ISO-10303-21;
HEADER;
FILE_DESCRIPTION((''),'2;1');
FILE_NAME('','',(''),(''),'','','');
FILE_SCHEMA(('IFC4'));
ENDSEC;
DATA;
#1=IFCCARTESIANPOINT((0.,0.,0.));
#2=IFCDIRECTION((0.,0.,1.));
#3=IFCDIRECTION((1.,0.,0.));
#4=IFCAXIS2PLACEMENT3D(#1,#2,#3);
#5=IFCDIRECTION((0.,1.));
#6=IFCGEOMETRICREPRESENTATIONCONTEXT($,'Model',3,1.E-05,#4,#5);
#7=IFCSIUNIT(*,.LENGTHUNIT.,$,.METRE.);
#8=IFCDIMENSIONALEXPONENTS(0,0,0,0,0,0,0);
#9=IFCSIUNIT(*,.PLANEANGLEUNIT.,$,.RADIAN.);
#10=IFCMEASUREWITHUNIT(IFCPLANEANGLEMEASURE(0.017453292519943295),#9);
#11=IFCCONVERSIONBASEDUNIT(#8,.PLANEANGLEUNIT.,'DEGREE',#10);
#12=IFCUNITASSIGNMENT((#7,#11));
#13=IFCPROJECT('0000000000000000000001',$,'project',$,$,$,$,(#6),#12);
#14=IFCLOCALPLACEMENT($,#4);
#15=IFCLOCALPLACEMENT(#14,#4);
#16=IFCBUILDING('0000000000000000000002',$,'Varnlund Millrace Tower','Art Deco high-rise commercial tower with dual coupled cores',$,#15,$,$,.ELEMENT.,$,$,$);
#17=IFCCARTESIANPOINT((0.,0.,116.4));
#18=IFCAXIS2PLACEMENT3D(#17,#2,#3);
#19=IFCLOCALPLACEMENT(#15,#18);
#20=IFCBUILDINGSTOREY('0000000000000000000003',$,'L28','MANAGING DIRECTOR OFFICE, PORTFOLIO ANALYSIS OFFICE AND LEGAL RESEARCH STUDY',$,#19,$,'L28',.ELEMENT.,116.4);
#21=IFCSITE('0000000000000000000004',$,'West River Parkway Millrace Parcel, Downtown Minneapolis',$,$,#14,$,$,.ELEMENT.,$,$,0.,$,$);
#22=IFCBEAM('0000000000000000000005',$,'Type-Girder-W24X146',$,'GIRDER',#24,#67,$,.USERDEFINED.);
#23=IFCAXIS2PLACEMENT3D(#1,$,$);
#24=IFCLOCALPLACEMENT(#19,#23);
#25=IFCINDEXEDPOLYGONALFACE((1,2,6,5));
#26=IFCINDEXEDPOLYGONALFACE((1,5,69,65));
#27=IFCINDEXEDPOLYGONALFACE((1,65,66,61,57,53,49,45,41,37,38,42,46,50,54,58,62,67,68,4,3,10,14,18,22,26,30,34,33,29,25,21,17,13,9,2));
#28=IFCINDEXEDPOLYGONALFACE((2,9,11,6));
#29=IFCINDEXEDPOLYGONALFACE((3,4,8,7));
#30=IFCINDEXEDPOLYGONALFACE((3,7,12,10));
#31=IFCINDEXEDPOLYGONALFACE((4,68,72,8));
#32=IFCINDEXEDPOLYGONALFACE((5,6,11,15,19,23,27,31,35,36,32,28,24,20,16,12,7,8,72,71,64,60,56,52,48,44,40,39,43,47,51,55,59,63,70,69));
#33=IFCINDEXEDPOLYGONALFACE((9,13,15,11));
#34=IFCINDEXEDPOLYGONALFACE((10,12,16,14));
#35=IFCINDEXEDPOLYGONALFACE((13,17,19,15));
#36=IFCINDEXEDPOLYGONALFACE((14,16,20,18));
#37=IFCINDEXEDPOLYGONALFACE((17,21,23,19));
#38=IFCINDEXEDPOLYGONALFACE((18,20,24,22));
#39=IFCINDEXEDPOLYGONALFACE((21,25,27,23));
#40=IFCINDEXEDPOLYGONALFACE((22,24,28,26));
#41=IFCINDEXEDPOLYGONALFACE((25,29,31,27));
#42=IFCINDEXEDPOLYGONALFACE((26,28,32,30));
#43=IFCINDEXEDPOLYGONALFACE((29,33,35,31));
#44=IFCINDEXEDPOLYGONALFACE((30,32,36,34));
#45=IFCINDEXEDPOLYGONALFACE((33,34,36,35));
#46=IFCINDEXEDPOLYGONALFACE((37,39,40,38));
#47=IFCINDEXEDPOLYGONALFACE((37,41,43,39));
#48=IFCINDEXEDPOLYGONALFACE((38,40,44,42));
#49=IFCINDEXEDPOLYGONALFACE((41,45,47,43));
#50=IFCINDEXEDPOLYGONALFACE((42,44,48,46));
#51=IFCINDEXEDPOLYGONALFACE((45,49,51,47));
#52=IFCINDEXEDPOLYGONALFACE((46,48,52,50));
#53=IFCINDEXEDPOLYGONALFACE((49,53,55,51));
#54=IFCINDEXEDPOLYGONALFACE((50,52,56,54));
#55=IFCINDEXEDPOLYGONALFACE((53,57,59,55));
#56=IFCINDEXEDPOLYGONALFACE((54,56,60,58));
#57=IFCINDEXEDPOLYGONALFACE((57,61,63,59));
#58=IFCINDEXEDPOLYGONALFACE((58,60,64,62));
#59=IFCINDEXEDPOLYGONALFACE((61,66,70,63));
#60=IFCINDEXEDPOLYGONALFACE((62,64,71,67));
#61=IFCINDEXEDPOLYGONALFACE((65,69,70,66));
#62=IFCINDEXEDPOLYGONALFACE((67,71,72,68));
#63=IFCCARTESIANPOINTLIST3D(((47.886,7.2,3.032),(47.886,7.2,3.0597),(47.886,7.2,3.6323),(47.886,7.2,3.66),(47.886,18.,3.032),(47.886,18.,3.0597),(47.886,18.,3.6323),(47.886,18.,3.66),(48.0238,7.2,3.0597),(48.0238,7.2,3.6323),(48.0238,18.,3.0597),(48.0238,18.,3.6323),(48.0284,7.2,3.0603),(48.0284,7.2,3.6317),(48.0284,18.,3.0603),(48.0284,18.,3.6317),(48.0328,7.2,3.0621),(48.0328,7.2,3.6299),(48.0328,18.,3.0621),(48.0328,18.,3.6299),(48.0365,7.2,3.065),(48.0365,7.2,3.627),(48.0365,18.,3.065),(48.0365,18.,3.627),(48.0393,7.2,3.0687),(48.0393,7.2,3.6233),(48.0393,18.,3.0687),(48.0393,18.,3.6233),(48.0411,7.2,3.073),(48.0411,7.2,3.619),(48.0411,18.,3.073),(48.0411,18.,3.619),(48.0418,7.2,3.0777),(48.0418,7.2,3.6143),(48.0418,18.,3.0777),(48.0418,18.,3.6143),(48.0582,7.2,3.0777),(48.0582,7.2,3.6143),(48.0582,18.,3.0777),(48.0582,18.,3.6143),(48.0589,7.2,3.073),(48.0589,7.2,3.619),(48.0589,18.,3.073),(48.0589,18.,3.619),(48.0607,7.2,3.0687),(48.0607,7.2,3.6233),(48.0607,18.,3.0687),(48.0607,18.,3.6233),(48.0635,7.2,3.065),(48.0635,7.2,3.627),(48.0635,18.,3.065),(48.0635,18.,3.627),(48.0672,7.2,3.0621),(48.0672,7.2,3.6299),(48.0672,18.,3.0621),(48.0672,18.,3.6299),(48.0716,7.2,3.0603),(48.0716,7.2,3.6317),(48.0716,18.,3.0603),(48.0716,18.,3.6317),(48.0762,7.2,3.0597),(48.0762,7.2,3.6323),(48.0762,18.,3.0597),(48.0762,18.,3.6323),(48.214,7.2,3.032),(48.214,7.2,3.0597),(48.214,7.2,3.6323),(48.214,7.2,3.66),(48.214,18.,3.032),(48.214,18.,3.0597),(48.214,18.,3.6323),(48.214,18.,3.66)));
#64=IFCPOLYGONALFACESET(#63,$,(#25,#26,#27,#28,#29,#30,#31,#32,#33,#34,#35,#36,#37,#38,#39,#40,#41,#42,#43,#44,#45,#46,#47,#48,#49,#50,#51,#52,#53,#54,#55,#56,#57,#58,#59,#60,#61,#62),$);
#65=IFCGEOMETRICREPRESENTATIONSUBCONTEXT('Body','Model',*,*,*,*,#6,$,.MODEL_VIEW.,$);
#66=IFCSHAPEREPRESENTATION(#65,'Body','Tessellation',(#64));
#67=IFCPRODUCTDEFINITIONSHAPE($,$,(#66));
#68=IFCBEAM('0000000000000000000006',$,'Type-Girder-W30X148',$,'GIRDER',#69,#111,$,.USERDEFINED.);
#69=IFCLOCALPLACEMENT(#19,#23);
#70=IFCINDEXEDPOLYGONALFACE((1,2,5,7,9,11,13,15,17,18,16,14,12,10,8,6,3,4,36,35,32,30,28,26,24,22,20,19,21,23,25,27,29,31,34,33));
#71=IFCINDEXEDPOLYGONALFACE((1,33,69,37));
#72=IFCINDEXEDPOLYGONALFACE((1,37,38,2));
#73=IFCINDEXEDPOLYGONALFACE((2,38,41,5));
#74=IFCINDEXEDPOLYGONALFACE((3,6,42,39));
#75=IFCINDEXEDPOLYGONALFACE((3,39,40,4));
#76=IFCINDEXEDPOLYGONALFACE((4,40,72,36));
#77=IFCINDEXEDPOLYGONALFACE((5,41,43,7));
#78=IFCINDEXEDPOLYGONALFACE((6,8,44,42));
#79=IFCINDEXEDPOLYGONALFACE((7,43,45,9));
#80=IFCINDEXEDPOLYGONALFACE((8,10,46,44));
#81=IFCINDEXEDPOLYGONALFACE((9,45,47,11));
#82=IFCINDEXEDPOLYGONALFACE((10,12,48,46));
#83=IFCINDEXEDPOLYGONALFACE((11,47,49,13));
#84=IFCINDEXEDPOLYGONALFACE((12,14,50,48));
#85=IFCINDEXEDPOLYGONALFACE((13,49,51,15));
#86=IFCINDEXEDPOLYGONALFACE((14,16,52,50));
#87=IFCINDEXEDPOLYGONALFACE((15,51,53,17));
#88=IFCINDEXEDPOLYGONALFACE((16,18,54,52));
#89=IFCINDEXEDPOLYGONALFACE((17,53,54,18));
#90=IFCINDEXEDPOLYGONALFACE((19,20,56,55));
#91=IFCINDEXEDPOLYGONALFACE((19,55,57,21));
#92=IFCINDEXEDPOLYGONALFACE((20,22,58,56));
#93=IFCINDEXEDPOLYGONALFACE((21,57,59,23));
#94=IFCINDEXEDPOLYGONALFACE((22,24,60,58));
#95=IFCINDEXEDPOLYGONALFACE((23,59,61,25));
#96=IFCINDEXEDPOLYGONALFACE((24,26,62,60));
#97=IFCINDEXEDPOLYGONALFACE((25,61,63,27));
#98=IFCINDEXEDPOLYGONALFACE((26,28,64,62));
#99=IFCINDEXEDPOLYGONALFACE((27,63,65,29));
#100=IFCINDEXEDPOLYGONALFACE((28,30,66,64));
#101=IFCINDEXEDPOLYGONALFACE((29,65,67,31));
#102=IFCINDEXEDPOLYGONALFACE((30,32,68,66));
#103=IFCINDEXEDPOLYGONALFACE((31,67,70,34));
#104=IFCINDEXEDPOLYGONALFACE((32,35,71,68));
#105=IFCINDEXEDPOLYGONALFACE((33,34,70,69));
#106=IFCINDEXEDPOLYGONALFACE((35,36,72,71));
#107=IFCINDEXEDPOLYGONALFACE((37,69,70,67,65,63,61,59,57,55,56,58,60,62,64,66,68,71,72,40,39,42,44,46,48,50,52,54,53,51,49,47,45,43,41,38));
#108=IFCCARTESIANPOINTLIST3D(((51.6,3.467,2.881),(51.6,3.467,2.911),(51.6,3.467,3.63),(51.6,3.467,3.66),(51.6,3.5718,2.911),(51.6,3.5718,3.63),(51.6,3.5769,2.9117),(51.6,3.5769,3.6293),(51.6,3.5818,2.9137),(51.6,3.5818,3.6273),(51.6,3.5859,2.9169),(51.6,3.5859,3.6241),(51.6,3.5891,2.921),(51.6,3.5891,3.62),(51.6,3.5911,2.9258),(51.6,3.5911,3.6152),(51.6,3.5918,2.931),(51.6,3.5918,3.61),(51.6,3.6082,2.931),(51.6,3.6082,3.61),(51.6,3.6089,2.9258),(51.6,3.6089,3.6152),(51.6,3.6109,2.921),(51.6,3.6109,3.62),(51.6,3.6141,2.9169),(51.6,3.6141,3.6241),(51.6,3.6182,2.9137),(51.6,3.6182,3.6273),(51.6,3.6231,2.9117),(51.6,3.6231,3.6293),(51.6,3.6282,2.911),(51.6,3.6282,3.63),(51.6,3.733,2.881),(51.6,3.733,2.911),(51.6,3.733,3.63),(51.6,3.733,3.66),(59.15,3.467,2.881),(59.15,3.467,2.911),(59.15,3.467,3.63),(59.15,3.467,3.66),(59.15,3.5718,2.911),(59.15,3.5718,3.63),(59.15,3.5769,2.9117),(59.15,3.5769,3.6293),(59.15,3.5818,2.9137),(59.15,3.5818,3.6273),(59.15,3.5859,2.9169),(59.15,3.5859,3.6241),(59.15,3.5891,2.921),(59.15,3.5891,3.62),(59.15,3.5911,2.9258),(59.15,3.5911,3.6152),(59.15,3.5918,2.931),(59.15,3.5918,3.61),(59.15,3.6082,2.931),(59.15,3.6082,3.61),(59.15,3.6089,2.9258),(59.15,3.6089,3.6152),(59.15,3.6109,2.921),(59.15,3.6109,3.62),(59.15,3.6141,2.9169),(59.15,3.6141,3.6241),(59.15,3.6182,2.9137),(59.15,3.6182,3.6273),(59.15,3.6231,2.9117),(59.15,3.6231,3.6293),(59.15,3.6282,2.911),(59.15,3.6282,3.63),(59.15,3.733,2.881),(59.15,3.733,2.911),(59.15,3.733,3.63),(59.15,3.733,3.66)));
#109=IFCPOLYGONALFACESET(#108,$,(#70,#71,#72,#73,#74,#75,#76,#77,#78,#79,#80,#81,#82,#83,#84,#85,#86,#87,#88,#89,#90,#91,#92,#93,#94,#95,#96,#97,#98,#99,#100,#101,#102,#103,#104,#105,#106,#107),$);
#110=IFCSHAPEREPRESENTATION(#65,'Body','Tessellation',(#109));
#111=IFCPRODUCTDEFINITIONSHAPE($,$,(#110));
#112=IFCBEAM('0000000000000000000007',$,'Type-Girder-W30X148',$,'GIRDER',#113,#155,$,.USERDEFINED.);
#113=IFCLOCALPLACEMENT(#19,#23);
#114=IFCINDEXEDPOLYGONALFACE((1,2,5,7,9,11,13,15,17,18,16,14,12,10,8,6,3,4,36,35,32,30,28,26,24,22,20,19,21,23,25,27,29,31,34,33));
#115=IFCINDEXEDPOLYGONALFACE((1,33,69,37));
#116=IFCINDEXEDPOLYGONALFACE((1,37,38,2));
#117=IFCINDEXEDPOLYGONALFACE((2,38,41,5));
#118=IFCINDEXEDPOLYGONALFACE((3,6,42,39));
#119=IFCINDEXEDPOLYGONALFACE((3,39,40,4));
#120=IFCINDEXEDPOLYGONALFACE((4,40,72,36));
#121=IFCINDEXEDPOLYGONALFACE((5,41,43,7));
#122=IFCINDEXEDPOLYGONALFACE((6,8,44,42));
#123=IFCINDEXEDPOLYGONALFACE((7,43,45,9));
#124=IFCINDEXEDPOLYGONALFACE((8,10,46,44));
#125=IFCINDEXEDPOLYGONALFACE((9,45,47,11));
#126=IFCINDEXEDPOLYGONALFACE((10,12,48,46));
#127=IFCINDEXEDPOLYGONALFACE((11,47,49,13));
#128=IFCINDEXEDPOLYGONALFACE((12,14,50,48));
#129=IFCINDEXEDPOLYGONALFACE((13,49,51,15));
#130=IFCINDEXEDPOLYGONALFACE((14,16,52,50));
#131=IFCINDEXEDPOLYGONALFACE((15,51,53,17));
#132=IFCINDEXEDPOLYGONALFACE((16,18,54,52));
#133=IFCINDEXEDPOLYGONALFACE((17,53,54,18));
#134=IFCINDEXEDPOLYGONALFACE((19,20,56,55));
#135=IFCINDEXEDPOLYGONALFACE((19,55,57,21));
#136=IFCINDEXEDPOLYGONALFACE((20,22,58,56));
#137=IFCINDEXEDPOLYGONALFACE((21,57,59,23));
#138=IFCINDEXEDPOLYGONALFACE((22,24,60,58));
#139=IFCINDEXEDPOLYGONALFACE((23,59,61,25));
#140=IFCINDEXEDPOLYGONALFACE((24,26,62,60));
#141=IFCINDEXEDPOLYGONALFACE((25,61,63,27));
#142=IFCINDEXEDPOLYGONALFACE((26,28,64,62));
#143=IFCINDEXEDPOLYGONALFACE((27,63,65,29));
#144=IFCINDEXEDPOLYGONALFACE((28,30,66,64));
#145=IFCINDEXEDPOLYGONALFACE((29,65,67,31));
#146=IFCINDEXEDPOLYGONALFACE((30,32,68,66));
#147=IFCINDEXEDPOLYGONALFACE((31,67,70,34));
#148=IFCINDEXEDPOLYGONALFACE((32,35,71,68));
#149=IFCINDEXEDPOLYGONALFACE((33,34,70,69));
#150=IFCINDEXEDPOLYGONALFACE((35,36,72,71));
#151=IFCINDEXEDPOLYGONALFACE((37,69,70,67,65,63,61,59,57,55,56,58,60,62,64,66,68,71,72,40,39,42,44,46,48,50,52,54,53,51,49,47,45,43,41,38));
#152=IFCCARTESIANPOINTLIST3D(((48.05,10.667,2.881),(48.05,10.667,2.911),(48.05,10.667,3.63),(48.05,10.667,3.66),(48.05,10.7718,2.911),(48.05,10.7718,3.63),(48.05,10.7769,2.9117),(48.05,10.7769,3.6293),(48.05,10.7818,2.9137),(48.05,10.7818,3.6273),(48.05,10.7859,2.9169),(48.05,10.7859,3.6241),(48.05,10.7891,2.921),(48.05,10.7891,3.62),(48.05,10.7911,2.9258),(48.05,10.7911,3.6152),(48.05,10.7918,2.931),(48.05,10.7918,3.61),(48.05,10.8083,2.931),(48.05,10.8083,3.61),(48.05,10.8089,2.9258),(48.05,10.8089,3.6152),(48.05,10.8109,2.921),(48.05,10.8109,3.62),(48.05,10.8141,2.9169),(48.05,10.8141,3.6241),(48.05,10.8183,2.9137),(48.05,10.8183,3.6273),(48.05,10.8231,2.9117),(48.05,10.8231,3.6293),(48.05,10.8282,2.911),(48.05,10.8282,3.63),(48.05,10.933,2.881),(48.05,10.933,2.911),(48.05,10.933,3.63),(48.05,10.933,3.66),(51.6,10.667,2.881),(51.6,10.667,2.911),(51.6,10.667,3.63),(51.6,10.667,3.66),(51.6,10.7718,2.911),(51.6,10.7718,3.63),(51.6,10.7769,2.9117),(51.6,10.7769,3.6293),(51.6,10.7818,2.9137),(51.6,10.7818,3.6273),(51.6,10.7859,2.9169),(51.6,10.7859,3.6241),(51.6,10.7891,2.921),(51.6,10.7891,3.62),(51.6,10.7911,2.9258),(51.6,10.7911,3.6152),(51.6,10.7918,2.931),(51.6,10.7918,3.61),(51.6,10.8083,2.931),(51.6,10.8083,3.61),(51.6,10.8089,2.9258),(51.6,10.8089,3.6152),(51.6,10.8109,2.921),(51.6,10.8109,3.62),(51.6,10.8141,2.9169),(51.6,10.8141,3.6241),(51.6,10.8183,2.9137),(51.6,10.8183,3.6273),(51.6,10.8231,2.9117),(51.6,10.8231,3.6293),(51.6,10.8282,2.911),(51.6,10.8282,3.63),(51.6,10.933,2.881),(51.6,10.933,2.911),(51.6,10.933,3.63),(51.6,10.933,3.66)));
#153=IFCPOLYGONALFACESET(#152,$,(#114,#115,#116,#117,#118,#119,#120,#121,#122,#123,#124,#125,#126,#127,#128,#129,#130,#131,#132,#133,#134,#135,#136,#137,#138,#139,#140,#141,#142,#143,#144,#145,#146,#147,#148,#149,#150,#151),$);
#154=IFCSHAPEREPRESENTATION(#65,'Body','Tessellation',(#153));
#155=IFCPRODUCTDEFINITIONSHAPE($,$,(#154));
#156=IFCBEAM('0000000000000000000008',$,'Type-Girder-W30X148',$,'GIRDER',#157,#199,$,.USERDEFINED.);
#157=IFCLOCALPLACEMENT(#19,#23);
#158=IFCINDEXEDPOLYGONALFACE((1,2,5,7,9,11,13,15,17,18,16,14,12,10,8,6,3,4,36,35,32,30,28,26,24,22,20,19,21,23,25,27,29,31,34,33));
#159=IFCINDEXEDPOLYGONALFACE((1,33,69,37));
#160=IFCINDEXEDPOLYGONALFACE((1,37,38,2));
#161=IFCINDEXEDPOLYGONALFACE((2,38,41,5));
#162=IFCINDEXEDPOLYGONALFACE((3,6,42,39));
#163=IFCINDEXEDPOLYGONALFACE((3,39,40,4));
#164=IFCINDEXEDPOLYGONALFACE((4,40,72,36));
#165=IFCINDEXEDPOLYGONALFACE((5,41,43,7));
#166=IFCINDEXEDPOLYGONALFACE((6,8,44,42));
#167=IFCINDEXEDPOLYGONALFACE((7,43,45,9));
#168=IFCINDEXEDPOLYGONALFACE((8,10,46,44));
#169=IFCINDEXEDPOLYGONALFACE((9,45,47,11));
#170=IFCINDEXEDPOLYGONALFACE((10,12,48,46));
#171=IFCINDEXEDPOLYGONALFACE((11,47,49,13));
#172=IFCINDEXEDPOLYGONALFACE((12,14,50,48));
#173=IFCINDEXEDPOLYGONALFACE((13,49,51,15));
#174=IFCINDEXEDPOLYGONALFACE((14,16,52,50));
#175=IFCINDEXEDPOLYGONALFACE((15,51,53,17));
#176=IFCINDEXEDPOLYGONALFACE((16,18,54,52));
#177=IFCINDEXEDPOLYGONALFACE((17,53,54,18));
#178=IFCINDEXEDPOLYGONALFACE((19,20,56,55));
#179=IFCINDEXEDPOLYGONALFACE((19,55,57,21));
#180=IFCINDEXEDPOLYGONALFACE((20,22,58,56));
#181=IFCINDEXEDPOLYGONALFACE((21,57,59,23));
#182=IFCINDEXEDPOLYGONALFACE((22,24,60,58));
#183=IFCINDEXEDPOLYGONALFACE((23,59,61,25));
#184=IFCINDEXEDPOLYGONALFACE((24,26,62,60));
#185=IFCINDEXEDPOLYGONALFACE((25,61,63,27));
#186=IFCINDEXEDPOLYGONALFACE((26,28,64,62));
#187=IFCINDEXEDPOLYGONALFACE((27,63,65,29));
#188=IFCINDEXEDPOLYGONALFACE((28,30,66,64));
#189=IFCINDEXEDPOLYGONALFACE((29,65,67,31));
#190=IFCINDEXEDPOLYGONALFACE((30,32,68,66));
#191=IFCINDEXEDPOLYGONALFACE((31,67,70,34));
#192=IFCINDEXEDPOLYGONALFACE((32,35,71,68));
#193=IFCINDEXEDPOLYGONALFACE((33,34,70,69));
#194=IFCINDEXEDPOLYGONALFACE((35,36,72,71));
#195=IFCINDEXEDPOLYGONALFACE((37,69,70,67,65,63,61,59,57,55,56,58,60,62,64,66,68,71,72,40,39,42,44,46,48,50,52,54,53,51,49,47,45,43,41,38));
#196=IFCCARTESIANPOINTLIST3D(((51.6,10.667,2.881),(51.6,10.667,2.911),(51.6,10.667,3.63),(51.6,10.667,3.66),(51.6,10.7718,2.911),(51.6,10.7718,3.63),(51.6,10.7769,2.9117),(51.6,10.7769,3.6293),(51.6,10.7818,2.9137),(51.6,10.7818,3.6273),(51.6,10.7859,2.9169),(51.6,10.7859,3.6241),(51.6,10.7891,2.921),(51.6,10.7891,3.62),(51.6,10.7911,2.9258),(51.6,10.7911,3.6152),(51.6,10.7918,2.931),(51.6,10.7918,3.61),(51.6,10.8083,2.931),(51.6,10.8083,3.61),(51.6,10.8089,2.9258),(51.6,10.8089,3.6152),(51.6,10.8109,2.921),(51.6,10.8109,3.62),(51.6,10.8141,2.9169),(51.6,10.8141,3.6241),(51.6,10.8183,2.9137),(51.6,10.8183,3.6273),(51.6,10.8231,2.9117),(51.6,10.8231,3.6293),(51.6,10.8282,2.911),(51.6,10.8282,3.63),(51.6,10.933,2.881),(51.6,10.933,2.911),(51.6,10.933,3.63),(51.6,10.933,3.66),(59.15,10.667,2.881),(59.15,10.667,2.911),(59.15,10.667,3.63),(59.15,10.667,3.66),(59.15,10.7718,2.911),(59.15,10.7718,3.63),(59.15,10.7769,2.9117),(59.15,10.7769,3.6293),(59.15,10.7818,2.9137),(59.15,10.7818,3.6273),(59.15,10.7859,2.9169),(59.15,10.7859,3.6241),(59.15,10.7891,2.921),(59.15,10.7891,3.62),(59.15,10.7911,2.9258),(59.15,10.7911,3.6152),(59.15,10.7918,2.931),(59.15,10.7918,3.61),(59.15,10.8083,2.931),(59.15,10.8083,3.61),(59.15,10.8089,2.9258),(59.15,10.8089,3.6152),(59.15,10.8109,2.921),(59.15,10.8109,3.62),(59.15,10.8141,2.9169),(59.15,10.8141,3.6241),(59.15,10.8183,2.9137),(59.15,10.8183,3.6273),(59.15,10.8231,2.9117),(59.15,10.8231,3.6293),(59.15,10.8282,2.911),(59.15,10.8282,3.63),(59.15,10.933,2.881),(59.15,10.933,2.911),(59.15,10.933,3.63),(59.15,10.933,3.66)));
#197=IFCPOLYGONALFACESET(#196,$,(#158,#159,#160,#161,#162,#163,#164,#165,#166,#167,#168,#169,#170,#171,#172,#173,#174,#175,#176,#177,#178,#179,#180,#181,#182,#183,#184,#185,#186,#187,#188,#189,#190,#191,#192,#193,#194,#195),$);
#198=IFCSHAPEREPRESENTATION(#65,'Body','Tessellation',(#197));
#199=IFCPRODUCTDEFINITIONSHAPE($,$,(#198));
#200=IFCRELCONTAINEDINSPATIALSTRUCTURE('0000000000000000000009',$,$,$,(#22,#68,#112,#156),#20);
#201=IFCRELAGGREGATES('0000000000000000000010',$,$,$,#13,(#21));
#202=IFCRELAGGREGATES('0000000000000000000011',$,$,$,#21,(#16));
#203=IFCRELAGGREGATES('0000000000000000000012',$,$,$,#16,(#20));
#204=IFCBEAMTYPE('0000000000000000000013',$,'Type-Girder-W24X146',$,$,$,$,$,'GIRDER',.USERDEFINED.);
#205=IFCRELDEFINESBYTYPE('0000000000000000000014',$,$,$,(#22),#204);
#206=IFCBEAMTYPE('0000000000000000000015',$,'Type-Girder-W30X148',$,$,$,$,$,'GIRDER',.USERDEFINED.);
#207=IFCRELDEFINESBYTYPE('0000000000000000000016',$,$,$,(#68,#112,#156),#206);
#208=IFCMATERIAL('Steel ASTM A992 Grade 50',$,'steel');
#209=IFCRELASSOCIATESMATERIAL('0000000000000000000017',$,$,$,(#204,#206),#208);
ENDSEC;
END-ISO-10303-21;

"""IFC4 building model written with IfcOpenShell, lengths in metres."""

from ifc_helpers import new_model, entity, si_unit, converted_unit, direction, frame, origin_with_axes, origin_2d_with_axis, place, context, subcontext, project, spatial, i_section, extrude, material, material_profile, profile_set, type_object, element, save


model = new_model("IFC4")

# Units and contexts
model_context = context("Model", 3, precision=1e-05, world=origin_with_axes(), true_north=direction((0.0, 1.0)))
body_context = subcontext(model_context, "Body", "Model", "MODEL_VIEW")
ifc_project = project(units=[si_unit("LENGTHUNIT", "METRE"), converted_unit("PLANEANGLEUNIT", "DEGREE", entity("IfcPlaneAngleMeasure", 0.017453292519943295), si_unit("PLANEANGLEUNIT", "RADIAN"), dimensions=[0, 0, 0, 0, 0, 0, 0])], contexts=[model_context])

# Site, building, storey
site_placement = place(None, origin_with_axes())
site = spatial("IfcSite", under=ifc_project, at=site_placement, Name="West River Parkway Millrace Parcel, Downtown Minneapolis", CompositionType="ELEMENT", RefElevation=0.0)
building_placement = place(site_placement, origin_with_axes())
building = spatial("IfcBuilding", under=site, at=building_placement, Name="Varnlund Millrace Tower", Description="Art Deco high-rise commercial tower with dual coupled cores", CompositionType="ELEMENT")
storey_placement = place(building_placement, frame((0.0, 0.0, 116.4), z_axis=(0.0, 0.0, 1.0), x_axis=(1.0, 0.0, 0.0)))
storey = spatial("IfcBuildingStorey", under=building, at=storey_placement, Name="L28", Description="MANAGING DIRECTOR OFFICE, PORTFOLIO ANALYSIS OFFICE AND LEGAL RESEARCH STUDY", LongName="L28", CompositionType="ELEMENT", Elevation=116.4)

# Beams
ifc_material_1 = material(Name="Steel ASTM A992 Grade 50", Category="steel")
ifc_material_profile_1 = material_profile(ifc_material_1, i_section(OverallWidth=0.328, OverallDepth=0.628, WebThickness=0.0165, FlangeThickness=0.0277, FilletRadius=0.018, at=origin_2d_with_axis()), Name="Steel ASTM A992 Grade 50")
ifc_profile_set_1 = profile_set([ifc_material_profile_1], Name="Steel ASTM A992 Grade 50")
beam_type_1 = type_object("IfcBeamType", Name="Type-Girder-W24X146", ElementType="GIRDER", PredefinedType="USERDEFINED", material=ifc_profile_set_1)
beam_1_placement = place(storey_placement, frame((48.05, 7.2, 3.346), z_axis=(0.0, 1.0, 0.0), x_axis=(-1.0, 0.0, 0.0)))
element("IfcBeam", 1, at=beam_1_placement, inside=storey, type_object=beam_type_1, Name="Type-Girder-W24X146", ObjectType="GIRDER", PredefinedType="USERDEFINED", context=body_context, shape_type="SweptSolid", body=[
    extrude(i_section(OverallWidth=0.328, OverallDepth=0.628, WebThickness=0.0165, FlangeThickness=0.0277, FilletRadius=0.018, at=origin_2d_with_axis()), origin_with_axes(), (0.0, 0.0, 1.0), 10.8),
])
ifc_material_profile_2 = material_profile(ifc_material_1, i_section(OverallWidth=0.266, OverallDepth=0.779, WebThickness=0.0165, FlangeThickness=0.03, FilletRadius=0.02, at=origin_2d_with_axis()), Name="Steel ASTM A992 Grade 50")
ifc_profile_set_2 = profile_set([ifc_material_profile_2], Name="Steel ASTM A992 Grade 50")
beam_type_2 = type_object("IfcBeamType", Name="Type-Girder-W30X148", ElementType="GIRDER", PredefinedType="USERDEFINED", material=ifc_profile_set_2)
beam_2_placement = place(storey_placement, frame((51.6, 3.6, 3.2705), z_axis=(1.0, 0.0, 0.0), x_axis=(0.0, 1.0, 0.0)))
element("IfcBeam", 2, at=beam_2_placement, inside=storey, type_object=beam_type_2, Name="Type-Girder-W30X148", ObjectType="GIRDER", PredefinedType="USERDEFINED", context=body_context, shape_type="SweptSolid", body=[
    extrude(i_section(OverallWidth=0.266, OverallDepth=0.779, WebThickness=0.0165, FlangeThickness=0.03, FilletRadius=0.02, at=origin_2d_with_axis()), origin_with_axes(), (0.0, 0.0, 1.0), 7.55),
])
beam_3_placement = place(storey_placement, frame((48.05, 10.8, 3.2705), z_axis=(1.0, 0.0, 0.0), x_axis=(0.0, 1.0, 0.0)))
element("IfcBeam", 3, at=beam_3_placement, inside=storey, type_object=beam_type_2, Name="Type-Girder-W30X148", ObjectType="GIRDER", PredefinedType="USERDEFINED", context=body_context, shape_type="SweptSolid", body=[
    extrude(i_section(OverallWidth=0.266, OverallDepth=0.779, WebThickness=0.0165, FlangeThickness=0.03, FilletRadius=0.02, at=origin_2d_with_axis()), origin_with_axes(), (0.0, 0.0, 1.0), 3.55),
])
beam_4_placement = place(storey_placement, frame((51.6, 10.8, 3.2705), z_axis=(1.0, 0.0, 0.0), x_axis=(0.0, 1.0, 0.0)))
element("IfcBeam", 4, at=beam_4_placement, inside=storey, type_object=beam_type_2, Name="Type-Girder-W30X148", ObjectType="GIRDER", PredefinedType="USERDEFINED", context=body_context, shape_type="SweptSolid", body=[
    extrude(i_section(OverallWidth=0.266, OverallDepth=0.779, WebThickness=0.0165, FlangeThickness=0.03, FilletRadius=0.02, at=origin_2d_with_axis()), origin_with_axes(), (0.0, 0.0, 1.0), 7.55),
])

save(model, "model.ifc")
